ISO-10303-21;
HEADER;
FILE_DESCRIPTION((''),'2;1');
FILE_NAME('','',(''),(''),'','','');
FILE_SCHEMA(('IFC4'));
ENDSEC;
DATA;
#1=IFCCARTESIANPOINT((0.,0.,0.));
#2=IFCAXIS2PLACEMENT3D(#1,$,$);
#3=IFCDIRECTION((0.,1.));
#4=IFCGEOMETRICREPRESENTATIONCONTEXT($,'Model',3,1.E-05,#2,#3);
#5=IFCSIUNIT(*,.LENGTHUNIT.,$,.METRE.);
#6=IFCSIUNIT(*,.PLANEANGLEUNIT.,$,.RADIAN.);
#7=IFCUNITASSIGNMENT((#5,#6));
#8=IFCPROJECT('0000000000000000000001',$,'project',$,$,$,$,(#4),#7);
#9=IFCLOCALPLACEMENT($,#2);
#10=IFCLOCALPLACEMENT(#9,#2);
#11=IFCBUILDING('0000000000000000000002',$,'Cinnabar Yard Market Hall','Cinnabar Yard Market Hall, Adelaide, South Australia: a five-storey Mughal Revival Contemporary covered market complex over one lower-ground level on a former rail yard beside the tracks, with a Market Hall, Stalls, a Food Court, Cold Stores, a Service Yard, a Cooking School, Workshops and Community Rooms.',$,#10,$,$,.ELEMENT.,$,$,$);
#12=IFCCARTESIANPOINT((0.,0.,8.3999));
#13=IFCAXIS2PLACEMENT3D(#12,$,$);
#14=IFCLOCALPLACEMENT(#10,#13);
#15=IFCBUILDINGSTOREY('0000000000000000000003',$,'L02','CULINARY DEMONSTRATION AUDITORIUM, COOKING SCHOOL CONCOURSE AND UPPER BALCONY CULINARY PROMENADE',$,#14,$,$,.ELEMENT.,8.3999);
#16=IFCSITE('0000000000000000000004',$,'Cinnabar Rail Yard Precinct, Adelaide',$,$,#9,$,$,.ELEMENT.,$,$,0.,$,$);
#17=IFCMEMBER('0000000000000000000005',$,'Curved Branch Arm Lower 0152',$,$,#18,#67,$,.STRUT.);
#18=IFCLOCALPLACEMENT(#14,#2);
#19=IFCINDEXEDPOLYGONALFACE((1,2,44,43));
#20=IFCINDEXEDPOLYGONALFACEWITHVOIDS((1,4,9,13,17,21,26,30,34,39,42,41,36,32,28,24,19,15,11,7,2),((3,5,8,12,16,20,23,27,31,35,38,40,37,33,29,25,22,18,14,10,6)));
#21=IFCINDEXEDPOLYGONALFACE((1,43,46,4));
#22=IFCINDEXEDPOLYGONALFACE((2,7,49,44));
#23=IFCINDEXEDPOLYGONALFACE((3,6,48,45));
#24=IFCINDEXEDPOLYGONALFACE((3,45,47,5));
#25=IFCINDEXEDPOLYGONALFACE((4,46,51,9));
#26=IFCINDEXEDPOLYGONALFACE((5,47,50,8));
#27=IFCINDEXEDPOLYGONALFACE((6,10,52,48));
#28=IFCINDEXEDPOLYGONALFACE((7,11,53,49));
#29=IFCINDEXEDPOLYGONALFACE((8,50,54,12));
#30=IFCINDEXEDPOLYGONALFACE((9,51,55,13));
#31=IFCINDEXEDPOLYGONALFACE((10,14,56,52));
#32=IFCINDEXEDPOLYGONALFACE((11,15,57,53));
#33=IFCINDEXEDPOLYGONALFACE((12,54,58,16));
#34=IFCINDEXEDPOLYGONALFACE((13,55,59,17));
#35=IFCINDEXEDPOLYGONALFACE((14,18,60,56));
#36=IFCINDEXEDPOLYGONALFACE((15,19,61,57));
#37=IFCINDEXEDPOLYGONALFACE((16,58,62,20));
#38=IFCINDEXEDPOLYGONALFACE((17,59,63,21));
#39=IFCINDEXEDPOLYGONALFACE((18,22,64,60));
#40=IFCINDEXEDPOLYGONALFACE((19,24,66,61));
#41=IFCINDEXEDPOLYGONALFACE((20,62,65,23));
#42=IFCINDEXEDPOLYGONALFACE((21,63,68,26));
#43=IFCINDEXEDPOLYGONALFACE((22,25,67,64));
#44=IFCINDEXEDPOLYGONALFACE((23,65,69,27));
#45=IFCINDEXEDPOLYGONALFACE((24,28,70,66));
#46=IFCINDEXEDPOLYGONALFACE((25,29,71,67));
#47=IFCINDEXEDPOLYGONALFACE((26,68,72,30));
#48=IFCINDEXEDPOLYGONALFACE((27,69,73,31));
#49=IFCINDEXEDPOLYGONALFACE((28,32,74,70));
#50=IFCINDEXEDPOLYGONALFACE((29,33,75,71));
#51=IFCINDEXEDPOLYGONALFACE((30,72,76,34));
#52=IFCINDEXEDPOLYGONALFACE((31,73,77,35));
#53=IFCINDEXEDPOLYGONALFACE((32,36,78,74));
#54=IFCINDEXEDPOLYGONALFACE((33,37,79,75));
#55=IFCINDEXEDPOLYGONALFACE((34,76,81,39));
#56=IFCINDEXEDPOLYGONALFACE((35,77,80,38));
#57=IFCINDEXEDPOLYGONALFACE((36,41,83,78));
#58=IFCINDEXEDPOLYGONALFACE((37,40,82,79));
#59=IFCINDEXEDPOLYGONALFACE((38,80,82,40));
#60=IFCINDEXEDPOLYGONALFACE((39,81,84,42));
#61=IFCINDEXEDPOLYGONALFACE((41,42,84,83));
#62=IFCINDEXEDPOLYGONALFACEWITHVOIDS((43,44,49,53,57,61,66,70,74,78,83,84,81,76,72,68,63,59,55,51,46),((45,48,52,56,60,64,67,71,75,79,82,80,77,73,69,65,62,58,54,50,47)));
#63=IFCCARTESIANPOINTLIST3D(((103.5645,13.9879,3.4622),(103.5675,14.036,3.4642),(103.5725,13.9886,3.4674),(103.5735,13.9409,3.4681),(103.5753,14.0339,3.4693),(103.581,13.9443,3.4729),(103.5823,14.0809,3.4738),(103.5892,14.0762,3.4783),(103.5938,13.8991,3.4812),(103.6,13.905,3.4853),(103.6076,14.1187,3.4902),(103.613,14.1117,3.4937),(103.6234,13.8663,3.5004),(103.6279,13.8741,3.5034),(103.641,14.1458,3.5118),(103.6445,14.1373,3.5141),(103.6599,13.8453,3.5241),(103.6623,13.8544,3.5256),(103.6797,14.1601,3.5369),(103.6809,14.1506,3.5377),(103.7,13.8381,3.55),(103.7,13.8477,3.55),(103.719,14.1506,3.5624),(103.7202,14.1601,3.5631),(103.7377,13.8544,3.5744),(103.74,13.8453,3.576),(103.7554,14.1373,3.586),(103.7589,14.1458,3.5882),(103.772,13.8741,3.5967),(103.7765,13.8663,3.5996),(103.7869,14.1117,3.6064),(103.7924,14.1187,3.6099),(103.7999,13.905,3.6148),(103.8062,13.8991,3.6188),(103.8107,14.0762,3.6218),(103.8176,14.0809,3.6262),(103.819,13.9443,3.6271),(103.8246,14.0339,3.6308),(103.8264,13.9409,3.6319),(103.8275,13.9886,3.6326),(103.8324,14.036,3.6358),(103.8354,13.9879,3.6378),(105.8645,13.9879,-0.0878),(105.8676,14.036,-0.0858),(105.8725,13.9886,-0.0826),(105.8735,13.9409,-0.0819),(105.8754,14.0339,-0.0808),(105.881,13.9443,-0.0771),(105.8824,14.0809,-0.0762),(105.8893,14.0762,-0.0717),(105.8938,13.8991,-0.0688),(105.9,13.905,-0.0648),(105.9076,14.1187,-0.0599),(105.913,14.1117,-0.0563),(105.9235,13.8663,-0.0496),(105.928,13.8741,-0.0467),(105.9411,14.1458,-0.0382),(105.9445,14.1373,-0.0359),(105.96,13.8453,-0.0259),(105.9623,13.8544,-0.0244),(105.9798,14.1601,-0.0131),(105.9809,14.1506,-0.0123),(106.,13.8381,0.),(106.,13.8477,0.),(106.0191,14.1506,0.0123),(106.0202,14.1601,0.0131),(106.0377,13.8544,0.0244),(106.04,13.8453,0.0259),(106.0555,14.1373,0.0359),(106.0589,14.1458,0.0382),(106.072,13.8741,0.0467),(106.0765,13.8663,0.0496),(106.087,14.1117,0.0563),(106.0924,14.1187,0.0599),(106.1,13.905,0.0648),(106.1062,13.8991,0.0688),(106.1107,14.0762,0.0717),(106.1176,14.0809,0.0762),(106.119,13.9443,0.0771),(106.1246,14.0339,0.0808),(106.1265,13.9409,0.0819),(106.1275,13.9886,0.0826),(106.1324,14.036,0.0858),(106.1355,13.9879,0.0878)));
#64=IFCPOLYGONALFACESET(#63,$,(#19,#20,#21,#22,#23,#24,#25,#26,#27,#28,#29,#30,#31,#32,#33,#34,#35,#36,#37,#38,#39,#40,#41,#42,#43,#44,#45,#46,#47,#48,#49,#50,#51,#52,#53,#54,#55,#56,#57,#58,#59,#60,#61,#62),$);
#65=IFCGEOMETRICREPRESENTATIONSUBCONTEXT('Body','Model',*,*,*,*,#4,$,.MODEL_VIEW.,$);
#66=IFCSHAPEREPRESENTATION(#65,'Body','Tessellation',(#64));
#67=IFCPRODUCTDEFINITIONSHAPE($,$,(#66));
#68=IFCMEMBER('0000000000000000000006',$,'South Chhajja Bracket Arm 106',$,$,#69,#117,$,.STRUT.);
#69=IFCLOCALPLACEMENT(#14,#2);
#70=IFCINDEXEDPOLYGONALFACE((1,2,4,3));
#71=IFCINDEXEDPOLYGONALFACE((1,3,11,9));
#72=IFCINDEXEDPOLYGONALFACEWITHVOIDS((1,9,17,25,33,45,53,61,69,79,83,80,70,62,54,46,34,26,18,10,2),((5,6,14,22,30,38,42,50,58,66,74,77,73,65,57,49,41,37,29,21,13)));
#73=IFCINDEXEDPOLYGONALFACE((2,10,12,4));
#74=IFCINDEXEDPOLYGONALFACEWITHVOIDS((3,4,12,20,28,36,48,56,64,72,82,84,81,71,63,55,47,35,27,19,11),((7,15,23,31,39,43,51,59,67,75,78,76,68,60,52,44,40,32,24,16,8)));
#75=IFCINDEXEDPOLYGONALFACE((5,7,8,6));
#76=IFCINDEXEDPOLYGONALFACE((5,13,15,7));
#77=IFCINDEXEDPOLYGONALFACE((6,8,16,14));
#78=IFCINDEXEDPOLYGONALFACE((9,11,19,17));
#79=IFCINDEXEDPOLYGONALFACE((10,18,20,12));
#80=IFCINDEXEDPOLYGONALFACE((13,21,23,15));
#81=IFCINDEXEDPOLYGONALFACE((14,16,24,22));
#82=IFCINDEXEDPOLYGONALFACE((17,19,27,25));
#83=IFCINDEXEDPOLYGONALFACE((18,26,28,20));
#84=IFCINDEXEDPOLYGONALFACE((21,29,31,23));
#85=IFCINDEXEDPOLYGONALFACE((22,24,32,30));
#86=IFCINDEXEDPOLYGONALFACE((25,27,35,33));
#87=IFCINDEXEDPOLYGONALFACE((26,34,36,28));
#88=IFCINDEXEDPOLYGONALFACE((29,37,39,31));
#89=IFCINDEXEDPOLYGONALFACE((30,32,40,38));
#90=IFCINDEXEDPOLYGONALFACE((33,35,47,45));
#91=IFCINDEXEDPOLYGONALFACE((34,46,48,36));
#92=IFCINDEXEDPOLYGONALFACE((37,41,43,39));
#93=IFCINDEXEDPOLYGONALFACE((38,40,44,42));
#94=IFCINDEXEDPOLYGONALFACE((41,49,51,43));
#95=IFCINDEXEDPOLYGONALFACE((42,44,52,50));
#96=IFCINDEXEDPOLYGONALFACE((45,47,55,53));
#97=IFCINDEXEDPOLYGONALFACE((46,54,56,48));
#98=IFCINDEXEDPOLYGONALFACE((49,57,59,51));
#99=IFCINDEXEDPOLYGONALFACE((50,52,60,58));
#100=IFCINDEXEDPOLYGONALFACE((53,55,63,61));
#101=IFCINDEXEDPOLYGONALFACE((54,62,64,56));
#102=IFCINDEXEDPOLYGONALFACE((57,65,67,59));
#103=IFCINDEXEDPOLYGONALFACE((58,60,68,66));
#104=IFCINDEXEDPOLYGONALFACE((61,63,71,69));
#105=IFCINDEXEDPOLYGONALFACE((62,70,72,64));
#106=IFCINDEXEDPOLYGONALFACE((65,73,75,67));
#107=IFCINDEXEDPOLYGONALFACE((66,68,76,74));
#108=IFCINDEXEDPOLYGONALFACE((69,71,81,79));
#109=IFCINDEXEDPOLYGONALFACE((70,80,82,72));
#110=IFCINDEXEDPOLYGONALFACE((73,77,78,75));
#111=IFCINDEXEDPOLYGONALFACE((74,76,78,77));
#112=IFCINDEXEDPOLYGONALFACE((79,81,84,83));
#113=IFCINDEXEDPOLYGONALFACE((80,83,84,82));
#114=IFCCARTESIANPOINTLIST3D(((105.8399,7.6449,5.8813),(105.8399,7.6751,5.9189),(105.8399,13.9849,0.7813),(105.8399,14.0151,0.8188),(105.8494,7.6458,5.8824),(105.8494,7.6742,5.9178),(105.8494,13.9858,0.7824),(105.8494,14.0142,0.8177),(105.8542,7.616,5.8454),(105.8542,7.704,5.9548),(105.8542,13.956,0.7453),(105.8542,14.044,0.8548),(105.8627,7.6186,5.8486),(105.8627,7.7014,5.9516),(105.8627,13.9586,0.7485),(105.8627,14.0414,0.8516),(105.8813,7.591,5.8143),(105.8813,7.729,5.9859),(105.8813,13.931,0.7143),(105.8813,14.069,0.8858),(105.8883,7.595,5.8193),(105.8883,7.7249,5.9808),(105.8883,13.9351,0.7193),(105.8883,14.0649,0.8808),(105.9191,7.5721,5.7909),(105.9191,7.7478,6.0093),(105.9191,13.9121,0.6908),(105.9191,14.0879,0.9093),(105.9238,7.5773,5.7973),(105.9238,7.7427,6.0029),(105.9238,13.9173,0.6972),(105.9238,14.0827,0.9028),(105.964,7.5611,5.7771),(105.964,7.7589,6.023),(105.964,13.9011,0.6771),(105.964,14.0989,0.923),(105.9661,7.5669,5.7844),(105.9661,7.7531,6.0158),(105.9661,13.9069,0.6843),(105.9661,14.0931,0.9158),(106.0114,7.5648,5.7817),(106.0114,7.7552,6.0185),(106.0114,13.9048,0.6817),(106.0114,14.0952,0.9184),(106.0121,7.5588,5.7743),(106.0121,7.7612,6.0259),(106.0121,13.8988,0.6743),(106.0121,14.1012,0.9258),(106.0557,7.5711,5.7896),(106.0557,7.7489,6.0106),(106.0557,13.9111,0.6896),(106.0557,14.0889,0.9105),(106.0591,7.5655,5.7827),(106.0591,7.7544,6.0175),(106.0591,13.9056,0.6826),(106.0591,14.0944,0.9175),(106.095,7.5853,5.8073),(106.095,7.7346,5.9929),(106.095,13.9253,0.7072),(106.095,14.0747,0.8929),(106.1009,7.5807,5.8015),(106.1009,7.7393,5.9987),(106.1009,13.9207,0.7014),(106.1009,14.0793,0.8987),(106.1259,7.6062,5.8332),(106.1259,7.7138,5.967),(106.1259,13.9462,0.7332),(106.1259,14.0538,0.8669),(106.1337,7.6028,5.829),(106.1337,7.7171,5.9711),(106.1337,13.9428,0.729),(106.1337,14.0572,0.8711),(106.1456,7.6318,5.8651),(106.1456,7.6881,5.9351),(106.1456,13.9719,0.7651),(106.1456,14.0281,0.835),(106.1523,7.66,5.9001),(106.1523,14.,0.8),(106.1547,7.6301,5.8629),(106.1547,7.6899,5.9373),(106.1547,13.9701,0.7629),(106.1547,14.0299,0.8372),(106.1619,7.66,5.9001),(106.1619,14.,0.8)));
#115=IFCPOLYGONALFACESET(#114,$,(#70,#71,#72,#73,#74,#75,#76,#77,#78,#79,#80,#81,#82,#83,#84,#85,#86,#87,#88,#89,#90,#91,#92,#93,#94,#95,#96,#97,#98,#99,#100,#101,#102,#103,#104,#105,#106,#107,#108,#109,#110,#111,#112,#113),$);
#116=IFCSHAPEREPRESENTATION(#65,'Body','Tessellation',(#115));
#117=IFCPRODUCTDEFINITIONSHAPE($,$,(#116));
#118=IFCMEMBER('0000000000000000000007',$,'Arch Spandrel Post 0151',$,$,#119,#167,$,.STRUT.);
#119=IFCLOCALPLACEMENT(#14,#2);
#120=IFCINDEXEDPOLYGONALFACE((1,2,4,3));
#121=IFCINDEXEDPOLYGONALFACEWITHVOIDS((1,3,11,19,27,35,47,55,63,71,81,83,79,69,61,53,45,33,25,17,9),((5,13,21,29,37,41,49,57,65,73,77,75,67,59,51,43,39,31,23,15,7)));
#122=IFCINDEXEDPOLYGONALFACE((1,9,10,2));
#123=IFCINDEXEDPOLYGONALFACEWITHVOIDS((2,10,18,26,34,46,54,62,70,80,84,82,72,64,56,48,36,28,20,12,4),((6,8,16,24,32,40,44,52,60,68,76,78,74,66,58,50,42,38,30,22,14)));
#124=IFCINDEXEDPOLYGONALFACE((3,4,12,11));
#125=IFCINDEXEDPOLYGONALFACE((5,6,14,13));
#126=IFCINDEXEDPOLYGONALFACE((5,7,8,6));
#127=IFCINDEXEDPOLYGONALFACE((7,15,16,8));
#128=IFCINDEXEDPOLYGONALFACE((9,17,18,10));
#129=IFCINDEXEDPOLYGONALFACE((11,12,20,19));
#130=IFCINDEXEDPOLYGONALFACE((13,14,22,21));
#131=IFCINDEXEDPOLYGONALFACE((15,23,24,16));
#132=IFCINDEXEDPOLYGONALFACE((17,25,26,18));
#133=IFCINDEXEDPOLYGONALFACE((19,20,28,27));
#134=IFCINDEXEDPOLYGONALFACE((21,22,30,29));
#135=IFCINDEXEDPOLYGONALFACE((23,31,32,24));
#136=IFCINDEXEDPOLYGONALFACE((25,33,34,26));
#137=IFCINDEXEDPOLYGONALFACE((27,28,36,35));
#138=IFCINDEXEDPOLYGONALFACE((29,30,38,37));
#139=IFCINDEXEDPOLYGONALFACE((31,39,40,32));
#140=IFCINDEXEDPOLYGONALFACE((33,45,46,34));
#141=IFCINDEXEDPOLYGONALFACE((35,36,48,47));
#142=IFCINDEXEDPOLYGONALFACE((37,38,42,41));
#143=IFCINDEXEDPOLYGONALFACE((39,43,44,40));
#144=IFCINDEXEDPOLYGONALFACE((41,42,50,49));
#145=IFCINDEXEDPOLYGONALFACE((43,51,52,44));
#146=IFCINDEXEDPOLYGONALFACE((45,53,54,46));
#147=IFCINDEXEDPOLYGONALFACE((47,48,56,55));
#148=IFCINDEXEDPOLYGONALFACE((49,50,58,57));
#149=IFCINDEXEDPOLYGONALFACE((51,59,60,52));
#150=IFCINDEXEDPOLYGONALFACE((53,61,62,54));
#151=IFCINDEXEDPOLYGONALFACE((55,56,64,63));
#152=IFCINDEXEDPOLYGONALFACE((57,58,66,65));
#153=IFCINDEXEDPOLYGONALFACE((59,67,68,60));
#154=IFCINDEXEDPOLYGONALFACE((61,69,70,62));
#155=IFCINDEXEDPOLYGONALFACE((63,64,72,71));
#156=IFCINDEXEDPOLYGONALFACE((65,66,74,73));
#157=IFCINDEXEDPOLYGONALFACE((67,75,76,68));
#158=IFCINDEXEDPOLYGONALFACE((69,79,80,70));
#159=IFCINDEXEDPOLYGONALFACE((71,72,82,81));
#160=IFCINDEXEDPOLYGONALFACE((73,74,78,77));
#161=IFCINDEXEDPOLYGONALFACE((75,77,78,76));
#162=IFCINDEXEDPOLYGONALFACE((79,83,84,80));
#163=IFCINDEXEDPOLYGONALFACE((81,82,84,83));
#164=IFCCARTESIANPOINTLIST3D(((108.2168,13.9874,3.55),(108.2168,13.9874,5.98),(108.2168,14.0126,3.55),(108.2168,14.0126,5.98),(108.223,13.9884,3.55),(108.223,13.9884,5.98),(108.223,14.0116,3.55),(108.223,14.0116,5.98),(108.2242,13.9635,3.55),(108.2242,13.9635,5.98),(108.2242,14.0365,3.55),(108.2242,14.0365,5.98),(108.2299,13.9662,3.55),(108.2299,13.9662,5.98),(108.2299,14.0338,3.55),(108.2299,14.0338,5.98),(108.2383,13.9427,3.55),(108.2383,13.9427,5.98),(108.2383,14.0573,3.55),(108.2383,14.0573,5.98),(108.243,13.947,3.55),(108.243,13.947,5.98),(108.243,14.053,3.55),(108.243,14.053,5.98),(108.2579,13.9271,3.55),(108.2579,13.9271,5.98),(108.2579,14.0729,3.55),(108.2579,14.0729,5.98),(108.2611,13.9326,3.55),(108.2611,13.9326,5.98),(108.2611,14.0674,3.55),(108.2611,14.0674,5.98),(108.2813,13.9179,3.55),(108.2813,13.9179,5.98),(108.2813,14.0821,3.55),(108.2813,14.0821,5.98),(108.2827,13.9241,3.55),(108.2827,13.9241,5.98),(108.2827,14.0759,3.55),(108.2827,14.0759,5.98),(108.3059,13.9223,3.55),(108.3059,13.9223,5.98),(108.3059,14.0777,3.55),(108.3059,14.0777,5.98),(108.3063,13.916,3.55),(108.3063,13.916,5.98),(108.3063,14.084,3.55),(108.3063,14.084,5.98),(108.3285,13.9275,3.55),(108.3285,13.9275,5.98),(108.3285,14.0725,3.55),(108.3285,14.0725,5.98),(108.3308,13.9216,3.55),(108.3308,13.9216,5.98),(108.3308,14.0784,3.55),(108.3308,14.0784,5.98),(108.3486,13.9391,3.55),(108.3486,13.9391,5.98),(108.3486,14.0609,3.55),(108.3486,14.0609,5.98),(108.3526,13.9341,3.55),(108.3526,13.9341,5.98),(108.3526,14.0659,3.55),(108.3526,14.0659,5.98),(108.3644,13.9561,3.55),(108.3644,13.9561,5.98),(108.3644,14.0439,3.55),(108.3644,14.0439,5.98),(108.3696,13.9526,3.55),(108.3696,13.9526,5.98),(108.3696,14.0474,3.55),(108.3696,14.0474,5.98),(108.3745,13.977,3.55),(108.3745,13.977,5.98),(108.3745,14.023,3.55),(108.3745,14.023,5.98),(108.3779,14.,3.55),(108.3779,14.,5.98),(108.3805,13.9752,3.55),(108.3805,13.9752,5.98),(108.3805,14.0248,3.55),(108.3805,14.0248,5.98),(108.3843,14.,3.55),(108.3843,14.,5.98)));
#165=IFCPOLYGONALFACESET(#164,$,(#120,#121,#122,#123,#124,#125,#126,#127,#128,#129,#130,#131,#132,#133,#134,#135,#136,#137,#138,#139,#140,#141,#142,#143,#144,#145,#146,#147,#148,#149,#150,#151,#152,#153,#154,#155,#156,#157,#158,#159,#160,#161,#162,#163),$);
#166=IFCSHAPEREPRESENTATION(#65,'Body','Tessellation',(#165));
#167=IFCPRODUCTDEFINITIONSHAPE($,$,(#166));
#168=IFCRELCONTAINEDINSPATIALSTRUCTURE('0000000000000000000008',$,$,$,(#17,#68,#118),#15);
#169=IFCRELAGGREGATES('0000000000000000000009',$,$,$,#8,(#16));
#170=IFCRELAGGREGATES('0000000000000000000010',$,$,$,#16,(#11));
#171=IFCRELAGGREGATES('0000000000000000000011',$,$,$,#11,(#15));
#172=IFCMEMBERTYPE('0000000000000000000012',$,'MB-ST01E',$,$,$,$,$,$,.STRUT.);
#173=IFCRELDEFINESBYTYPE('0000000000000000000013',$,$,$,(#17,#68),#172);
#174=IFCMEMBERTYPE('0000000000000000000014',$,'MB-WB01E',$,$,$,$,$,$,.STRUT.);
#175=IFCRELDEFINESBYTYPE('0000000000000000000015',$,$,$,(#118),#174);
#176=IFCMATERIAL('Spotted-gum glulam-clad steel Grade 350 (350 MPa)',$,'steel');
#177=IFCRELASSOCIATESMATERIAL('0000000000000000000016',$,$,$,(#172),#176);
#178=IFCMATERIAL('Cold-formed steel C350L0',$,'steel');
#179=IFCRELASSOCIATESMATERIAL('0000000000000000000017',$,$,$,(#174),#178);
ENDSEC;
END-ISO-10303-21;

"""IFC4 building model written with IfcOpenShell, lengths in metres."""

from ifc_helpers import new_model, si_unit, direction, frame, origin, origin_2d_with_axis, place, context, subcontext, project, spatial, hollow_circle, extrude, material, material_profile, profile_set, type_object, element, save


model = new_model("IFC4")

# Units and contexts
model_context = context("Model", 3, precision=1e-05, world=origin(), true_north=direction((0.0, 1.0)))
body_context = subcontext(model_context, "Body", "Model", "MODEL_VIEW")
ifc_project = project(units=[si_unit("LENGTHUNIT", "METRE"), si_unit("PLANEANGLEUNIT", "RADIAN")], contexts=[model_context])

# Site, building, storey
site_placement = place(None, origin())
site = spatial("IfcSite", under=ifc_project, at=site_placement, Name="Cinnabar Rail Yard Precinct, Adelaide", CompositionType="ELEMENT", RefElevation=0.0)
building_placement = place(site_placement, origin())
building = spatial("IfcBuilding", under=site, at=building_placement, Name="Cinnabar Yard Market Hall", Description="Cinnabar Yard Market Hall, Adelaide, South Australia: a five-storey Mughal Revival Contemporary covered market complex over one lower-ground level on a former rail yard beside the tracks, with a Market Hall, Stalls, a Food Court, Cold Stores, a Service Yard, a Cooking School, Workshops and Community Rooms.", CompositionType="ELEMENT")
storey_placement = place(building_placement, frame((0.0, 0.0, 8.3999)))
storey = spatial("IfcBuildingStorey", under=building, at=storey_placement, Name="L02", Description="CULINARY DEMONSTRATION AUDITORIUM, COOKING SCHOOL CONCOURSE AND UPPER BALCONY CULINARY PROMENADE", CompositionType="ELEMENT", Elevation=8.3999)

# Shared definitions
ifc_material_1 = material(Name="Spotted-gum glulam-clad steel Grade 350 (350 MPa)", Category="steel")

# Members
ifc_material_profile_1 = material_profile(ifc_material_1, hollow_circle(Radius=0.1619, WallThickness=0.0095, at=origin_2d_with_axis()), Name="323.9x9.5CHS")
ifc_profile_set_1 = profile_set([ifc_material_profile_1], Name="Spotted-gum glulam-clad steel Grade 350 (350 MPa)")
member_type_1 = type_object("IfcMemberType", Name="MB-ST01E", PredefinedType="STRUT", material=ifc_profile_set_1)
for number, where, z_axis, x_axis, name in (
    (1, (106.0, 14.0, 0.0), (-0.543744, 0.0, 0.839251), (0.0, -1.0, 0.0), "Curved Branch Arm Lower 0152"),
):
    element("IfcMember", number, at=place(storey_placement, frame(where, z_axis=z_axis, x_axis=x_axis)), inside=storey, type_object=member_type_1, Name=name, PredefinedType="STRUT", context=body_context, shape_type="SweptSolid", body=[
        extrude(hollow_circle(Radius=0.1619, WallThickness=0.0095, at=origin_2d_with_axis()), origin(), (0.0, 0.0, 1.0), 4.23),
    ])
member_1_placement = place(storey_placement, frame((106.0, 14.0, 0.8), z_axis=(0.0, -0.779186, 0.626793), x_axis=(1.0, 0.0, 0.0)))
element("IfcMember", 2, at=member_1_placement, inside=storey, type_object=member_type_1, Name="South Chhajja Bracket Arm 106", PredefinedType="STRUT", context=body_context, shape_type="SweptSolid", body=[
    extrude(hollow_circle(Radius=0.1619, WallThickness=0.0095, at=origin_2d_with_axis()), origin(), (0.0, 0.0, 1.0), 8.1367),
])
ifc_material_2 = material(Name="Cold-formed steel C350L0", Category="steel")
ifc_material_profile_2 = material_profile(ifc_material_2, hollow_circle(Radius=0.0842, WallThickness=0.0063, at=origin_2d_with_axis()), Name="168.3x6.4CHS")
ifc_profile_set_2 = profile_set([ifc_material_profile_2], Name="Cold-formed steel C350L0")
member_type_2 = type_object("IfcMemberType", Name="MB-WB01E", PredefinedType="STRUT", material=ifc_profile_set_2)
for number, where, z_axis, x_axis, name in (
    (3, (108.3, 14.0, 3.55), (0.0, 0.0, 1.0), (1.0, 0.0, 0.0), "Arch Spandrel Post 0151"),
):
    element("IfcMember", number, at=place(storey_placement, frame(where, z_axis=z_axis, x_axis=x_axis)), inside=storey, type_object=member_type_2, Name=name, PredefinedType="STRUT", context=body_context, shape_type="SweptSolid", body=[
        extrude(hollow_circle(Radius=0.0842, WallThickness=0.0063, at=origin_2d_with_axis()), origin(), (0.0, 0.0, 1.0), 2.4299),
    ])

save(model, "model.ifc")
